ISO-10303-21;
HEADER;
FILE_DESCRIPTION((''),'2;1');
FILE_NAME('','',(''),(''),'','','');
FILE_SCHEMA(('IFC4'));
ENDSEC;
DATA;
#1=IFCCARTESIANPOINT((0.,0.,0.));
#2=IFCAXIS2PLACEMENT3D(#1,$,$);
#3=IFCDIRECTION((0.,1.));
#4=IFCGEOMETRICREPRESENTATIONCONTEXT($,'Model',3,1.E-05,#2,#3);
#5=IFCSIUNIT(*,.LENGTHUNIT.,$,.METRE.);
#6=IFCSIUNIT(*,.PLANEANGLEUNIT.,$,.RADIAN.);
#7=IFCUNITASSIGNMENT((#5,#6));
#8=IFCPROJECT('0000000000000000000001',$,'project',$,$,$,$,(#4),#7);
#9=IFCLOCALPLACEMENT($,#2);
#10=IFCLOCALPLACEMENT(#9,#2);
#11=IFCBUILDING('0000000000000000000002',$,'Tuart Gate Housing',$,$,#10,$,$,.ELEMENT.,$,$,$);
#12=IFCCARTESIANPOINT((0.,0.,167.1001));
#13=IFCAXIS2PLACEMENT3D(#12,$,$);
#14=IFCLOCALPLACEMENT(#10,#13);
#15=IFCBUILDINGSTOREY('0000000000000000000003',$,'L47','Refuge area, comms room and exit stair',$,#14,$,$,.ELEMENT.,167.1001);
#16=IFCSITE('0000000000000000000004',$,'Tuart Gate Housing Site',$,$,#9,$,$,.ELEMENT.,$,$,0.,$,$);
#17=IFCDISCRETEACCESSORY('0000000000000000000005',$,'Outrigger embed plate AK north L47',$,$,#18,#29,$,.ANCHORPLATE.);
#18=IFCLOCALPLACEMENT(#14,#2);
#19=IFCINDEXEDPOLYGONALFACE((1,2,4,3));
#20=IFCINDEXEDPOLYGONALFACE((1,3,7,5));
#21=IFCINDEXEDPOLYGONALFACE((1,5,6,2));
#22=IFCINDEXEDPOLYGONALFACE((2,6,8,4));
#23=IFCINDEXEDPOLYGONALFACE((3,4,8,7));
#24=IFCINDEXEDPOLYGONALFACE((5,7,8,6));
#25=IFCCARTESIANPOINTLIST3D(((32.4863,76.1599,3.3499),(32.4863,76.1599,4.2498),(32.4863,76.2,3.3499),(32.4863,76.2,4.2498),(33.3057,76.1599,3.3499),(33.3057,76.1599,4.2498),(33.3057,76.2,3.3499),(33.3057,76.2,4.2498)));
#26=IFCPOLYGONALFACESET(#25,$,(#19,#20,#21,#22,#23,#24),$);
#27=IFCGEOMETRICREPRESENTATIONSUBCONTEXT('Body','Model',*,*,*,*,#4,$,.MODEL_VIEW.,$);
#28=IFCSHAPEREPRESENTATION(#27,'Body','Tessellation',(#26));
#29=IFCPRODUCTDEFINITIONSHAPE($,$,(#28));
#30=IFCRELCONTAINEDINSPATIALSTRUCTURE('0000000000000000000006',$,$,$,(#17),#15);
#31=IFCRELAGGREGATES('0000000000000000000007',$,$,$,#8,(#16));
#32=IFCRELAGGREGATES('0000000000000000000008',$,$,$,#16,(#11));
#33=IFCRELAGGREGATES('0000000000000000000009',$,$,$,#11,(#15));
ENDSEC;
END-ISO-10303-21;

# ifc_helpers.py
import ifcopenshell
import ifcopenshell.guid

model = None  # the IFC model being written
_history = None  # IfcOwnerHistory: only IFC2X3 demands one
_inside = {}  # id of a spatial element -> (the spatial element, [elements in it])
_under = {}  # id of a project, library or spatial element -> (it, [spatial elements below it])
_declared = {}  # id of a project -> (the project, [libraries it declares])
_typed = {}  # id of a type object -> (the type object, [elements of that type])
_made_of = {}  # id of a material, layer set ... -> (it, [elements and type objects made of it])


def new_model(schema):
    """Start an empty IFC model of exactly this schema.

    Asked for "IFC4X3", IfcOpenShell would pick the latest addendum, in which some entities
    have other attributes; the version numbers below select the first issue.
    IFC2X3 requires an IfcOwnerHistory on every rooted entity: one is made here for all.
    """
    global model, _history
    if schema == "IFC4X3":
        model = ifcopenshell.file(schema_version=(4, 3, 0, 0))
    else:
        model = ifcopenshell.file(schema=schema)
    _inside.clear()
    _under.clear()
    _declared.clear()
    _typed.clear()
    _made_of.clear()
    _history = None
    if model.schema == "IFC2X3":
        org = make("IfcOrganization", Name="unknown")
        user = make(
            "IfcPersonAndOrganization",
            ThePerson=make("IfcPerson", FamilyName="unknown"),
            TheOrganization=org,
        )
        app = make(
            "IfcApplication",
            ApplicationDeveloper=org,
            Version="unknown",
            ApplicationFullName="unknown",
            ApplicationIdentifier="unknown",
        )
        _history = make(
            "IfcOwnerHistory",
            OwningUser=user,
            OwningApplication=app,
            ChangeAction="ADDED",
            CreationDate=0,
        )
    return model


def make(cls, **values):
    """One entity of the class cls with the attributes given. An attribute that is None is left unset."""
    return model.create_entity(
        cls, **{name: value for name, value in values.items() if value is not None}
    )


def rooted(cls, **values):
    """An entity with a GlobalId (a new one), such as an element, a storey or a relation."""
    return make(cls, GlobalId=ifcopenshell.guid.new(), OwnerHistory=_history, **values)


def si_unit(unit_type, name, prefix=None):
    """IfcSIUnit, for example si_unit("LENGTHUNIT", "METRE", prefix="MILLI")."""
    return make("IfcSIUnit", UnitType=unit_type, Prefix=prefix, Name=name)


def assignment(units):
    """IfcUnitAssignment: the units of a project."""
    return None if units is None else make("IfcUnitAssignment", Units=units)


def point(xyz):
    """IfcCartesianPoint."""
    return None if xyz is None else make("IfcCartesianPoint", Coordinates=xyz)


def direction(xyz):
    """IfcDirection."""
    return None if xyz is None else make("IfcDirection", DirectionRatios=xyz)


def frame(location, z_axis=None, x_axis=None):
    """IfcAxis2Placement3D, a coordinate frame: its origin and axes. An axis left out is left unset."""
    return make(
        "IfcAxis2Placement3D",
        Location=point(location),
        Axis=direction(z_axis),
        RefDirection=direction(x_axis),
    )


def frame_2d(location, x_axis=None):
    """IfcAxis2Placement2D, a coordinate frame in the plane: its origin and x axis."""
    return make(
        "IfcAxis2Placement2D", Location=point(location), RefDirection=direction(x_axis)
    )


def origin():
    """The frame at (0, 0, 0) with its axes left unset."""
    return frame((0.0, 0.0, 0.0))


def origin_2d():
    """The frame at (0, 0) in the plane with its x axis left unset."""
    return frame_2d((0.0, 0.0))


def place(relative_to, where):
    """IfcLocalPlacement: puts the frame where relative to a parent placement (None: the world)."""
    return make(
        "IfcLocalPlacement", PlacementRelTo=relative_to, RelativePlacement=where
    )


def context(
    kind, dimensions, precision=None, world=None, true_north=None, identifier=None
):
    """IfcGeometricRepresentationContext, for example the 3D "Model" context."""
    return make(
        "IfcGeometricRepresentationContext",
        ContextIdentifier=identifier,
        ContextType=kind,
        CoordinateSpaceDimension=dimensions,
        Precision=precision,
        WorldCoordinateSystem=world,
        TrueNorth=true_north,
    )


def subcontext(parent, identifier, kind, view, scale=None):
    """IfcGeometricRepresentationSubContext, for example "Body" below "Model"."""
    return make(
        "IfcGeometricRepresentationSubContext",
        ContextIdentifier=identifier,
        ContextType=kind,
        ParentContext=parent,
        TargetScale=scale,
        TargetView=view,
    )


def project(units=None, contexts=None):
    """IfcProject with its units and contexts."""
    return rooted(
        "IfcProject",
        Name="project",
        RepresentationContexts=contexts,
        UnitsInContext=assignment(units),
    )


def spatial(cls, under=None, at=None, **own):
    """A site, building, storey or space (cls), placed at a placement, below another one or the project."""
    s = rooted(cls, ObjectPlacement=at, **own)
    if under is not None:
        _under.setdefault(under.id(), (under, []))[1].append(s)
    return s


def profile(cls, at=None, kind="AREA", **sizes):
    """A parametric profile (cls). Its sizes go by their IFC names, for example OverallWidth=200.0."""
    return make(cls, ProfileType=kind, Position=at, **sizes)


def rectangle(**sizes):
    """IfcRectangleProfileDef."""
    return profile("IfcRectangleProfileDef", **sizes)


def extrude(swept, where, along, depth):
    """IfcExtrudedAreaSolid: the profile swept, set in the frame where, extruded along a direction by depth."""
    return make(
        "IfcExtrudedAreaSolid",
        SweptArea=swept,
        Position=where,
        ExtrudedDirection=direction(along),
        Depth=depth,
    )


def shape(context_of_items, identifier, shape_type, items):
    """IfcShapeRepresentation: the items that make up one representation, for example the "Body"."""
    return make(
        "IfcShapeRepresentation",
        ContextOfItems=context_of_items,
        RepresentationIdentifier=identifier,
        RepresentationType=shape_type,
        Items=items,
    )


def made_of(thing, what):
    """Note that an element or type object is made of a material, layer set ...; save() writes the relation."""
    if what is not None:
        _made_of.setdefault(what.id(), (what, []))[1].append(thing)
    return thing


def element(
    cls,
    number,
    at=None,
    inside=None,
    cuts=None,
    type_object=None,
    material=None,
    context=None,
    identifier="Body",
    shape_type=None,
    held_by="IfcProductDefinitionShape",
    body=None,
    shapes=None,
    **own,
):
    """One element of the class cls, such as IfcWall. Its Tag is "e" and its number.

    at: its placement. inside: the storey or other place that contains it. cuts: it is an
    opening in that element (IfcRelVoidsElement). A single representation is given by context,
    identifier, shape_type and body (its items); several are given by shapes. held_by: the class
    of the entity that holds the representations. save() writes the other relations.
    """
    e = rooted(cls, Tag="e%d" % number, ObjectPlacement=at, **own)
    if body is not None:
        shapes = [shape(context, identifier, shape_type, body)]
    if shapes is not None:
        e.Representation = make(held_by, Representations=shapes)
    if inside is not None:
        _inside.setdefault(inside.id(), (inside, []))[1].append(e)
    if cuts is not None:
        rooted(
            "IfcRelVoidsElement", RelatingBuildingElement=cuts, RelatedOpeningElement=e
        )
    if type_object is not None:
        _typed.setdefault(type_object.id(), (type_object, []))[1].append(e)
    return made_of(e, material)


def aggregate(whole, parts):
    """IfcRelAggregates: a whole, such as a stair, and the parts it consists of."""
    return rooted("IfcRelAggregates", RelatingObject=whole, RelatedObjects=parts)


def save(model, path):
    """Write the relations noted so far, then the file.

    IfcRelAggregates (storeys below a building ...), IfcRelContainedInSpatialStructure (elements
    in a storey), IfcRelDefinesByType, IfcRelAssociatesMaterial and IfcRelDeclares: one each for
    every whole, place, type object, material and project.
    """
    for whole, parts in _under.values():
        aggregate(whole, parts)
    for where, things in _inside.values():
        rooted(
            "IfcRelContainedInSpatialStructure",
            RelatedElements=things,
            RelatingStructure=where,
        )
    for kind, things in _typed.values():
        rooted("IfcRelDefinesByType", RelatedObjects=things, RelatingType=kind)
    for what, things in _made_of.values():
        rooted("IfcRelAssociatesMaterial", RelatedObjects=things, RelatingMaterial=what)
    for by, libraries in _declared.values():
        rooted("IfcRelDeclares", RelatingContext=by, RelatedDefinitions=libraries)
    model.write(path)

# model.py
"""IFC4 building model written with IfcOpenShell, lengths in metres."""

from ifc_helpers import new_model, si_unit, direction, frame, origin, origin_2d, place, context, subcontext, project, spatial, rectangle, extrude, element, save


model = new_model("IFC4")

# Units and contexts
model_context = context("Model", 3, precision=1e-05, world=origin(), true_north=direction((0.0, 1.0)))
body_context = subcontext(model_context, "Body", "Model", "MODEL_VIEW")
ifc_project = project(units=[si_unit("LENGTHUNIT", "METRE"), si_unit("PLANEANGLEUNIT", "RADIAN")], contexts=[model_context])

# Site, building, storey
site_placement = place(None, origin())
site = spatial("IfcSite", under=ifc_project, at=site_placement, Name="Tuart Gate Housing Site", CompositionType="ELEMENT", RefElevation=0.0)
building_placement = place(site_placement, origin())
building = spatial("IfcBuilding", under=site, at=building_placement, Name="Tuart Gate Housing", CompositionType="ELEMENT")
storey_placement = place(building_placement, frame((0.0, 0.0, 167.1001)))
storey = spatial("IfcBuildingStorey", under=building, at=storey_placement, Name="L47", Description="Refuge area, comms room and exit stair", CompositionType="ELEMENT", Elevation=167.1001)

# Discrete accessory
discrete_accessory_placement = place(storey_placement, frame((32.896, 76.1799, 3.3499), z_axis=(0.0, 0.0, 1.0), x_axis=(1.0, 0.0, 0.0)))
element("IfcDiscreteAccessory", 1, at=discrete_accessory_placement, inside=storey, Name="Outrigger embed plate AK north L47", PredefinedType="ANCHORPLATE", context=body_context, shape_type="SweptSolid", body=[
    extrude(rectangle(XDim=0.8193, YDim=0.04, at=origin_2d()), origin(), (0.0, 0.0, 1.0), 0.8999),
])

save(model, "model.ifc")
